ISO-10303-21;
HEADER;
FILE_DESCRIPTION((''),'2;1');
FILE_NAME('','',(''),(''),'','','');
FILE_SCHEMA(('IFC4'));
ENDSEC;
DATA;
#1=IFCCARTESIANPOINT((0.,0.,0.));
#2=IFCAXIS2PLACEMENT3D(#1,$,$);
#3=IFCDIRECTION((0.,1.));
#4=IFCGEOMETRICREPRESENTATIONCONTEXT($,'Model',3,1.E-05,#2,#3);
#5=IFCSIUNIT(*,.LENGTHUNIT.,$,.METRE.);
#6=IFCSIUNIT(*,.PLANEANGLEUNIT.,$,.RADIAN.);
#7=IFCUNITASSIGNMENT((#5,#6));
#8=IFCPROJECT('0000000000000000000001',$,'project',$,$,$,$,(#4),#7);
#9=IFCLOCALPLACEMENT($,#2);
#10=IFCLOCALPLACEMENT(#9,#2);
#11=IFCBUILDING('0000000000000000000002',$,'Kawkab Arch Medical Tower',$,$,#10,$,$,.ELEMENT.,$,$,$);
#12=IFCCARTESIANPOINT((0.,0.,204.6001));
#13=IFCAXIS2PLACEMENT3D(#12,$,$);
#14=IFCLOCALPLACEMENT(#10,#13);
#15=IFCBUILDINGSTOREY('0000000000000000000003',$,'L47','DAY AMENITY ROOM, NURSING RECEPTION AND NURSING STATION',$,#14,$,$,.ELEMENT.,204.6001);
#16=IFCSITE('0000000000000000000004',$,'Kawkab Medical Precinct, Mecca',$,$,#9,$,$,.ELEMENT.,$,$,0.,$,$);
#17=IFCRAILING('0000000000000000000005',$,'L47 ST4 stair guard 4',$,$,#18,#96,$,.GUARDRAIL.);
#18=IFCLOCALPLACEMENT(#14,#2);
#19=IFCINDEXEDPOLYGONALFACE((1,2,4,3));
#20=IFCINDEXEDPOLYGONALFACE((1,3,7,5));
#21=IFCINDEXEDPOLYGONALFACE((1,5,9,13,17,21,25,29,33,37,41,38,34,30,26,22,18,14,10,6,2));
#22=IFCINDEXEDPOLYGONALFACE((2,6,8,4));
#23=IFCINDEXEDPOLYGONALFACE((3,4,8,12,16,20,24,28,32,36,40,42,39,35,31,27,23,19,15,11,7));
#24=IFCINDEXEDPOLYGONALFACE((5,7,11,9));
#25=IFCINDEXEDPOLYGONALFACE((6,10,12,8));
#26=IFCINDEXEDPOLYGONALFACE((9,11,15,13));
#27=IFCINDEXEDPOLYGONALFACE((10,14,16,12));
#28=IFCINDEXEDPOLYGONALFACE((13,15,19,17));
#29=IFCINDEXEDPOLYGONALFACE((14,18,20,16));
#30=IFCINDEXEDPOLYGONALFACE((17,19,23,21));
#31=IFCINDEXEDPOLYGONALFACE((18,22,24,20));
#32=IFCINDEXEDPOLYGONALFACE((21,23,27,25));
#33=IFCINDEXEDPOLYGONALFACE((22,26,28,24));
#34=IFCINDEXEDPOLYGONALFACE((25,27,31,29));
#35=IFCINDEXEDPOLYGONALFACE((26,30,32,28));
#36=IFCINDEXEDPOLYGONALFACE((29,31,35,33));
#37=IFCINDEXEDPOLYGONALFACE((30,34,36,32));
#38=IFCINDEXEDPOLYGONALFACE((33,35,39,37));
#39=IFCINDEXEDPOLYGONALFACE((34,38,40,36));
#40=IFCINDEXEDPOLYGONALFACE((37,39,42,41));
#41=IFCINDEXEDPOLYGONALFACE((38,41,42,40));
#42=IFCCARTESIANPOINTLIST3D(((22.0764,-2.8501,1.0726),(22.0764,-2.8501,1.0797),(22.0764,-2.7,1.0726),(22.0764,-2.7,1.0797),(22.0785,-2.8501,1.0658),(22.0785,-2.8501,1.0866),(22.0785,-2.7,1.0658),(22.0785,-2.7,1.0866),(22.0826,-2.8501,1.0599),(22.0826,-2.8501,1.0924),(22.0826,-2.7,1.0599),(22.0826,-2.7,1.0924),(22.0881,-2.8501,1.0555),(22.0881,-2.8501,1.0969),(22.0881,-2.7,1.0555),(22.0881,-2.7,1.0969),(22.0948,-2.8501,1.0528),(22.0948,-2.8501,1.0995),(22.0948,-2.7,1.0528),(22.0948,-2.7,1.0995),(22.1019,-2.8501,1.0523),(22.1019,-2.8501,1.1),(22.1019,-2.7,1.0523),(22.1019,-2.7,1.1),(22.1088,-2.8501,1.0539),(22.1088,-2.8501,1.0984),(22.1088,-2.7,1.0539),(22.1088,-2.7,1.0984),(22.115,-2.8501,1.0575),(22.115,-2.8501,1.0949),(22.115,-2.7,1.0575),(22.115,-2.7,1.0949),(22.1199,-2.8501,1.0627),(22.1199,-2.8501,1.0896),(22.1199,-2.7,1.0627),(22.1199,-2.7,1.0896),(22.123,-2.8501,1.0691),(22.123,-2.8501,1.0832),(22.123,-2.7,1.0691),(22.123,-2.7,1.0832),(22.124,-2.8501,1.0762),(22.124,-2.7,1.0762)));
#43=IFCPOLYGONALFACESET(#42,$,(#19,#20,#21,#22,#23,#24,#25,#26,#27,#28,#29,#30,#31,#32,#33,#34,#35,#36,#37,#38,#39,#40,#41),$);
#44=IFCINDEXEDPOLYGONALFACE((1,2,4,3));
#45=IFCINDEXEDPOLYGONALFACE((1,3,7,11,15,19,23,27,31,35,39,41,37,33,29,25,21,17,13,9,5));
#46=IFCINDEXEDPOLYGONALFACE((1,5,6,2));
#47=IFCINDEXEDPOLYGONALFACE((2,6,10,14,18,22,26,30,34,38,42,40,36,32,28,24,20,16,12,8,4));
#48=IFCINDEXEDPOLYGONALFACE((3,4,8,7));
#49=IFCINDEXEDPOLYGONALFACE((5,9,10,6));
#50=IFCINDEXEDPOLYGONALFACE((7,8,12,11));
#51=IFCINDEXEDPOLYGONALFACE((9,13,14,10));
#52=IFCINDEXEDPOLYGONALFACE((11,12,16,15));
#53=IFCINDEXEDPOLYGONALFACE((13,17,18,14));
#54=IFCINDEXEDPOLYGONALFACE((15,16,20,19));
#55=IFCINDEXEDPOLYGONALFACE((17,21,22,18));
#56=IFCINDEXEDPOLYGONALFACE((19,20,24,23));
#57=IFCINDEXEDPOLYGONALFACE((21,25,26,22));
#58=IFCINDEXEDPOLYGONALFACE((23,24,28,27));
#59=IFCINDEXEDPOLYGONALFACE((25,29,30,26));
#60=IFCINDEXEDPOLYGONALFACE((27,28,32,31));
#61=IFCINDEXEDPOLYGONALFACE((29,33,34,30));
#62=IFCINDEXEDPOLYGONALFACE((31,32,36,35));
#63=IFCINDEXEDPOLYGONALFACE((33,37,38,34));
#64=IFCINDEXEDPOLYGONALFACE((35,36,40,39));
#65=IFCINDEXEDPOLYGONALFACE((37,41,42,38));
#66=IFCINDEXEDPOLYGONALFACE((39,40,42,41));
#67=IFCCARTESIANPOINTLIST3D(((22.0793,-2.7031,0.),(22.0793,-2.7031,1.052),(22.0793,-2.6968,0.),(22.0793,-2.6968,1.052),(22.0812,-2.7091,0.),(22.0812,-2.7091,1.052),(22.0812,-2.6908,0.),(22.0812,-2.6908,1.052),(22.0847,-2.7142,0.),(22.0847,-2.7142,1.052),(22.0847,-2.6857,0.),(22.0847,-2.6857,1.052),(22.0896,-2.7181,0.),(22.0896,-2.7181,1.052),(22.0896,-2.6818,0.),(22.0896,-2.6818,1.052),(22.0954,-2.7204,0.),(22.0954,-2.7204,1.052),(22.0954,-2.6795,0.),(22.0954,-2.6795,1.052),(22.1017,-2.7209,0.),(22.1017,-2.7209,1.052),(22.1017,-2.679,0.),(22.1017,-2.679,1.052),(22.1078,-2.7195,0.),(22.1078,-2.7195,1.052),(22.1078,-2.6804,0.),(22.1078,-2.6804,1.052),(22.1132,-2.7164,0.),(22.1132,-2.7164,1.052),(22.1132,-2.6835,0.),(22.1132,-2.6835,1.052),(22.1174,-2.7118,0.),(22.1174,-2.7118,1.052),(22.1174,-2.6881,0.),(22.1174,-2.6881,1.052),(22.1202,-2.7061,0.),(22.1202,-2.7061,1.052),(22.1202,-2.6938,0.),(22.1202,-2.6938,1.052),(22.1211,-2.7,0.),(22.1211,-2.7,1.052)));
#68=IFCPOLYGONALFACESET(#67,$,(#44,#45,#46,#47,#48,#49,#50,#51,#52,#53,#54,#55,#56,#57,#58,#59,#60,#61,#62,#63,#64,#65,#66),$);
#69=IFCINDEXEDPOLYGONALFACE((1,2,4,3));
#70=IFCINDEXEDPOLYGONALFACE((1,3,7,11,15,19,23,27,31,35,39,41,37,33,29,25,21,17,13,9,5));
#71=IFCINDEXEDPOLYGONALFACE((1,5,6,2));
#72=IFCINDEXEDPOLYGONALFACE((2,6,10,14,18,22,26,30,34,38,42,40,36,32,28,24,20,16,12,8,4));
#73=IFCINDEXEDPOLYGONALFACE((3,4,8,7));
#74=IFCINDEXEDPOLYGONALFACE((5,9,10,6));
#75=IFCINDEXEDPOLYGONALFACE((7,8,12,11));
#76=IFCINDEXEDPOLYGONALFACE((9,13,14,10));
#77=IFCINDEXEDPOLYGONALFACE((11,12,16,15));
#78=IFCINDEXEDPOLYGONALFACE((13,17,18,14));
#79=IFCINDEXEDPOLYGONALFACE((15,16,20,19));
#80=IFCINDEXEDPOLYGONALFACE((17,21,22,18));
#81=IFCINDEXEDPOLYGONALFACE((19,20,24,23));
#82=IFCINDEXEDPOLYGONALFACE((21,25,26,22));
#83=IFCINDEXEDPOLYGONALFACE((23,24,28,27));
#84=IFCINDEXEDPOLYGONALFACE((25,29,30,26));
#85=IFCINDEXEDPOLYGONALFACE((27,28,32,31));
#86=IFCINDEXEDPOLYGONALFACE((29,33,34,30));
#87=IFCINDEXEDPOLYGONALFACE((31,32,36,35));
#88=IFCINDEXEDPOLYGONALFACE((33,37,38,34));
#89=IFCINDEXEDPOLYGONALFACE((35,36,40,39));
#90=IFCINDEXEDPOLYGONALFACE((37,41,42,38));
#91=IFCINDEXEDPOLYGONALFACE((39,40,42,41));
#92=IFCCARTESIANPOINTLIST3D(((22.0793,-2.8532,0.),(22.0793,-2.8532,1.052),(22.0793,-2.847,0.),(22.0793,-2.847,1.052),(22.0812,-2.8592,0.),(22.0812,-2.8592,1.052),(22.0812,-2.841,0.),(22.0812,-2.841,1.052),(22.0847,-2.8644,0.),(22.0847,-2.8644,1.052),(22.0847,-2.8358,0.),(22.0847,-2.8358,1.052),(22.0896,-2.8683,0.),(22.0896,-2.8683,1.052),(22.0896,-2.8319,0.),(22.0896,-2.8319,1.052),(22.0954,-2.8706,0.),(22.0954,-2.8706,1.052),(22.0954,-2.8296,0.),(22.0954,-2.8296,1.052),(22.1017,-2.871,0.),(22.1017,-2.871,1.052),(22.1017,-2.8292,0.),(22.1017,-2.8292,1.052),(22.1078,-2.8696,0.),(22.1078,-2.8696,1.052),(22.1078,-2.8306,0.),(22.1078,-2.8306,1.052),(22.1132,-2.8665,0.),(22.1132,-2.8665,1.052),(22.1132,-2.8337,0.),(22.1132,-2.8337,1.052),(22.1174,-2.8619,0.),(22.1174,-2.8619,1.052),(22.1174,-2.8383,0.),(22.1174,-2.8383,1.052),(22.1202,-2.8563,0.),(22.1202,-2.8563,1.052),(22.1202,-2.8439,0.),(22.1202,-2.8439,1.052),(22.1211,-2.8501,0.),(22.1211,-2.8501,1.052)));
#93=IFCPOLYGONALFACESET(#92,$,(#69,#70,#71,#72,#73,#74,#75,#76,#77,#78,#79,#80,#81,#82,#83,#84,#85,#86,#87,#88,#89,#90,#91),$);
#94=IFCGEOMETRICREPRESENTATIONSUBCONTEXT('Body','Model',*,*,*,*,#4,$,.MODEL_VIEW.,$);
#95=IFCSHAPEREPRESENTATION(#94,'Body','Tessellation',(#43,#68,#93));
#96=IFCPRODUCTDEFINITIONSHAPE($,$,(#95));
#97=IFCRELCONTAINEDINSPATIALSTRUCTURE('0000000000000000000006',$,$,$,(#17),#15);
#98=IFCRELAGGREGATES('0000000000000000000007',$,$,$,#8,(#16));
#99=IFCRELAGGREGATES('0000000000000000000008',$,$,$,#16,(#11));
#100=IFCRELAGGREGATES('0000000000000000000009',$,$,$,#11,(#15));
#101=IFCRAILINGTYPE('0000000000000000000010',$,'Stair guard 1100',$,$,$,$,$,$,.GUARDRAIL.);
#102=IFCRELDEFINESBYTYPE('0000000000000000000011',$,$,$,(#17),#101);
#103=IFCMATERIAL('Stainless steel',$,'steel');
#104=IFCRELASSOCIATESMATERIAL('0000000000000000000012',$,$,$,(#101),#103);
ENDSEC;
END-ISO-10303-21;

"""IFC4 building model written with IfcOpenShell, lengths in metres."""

from ifc_helpers import new_model, si_unit, direction, frame, origin, origin_2d, place, context, subcontext, project, spatial, circle, extrude, material, type_object, element, save


model = new_model("IFC4")

# Units and contexts
model_context = context("Model", 3, precision=1e-05, world=origin(), true_north=direction((0.0, 1.0)))
body_context = subcontext(model_context, "Body", "Model", "MODEL_VIEW")
ifc_project = project(units=[si_unit("LENGTHUNIT", "METRE"), si_unit("PLANEANGLEUNIT", "RADIAN")], contexts=[model_context])

# Site, building, storey
site_placement = place(None, origin())
site = spatial("IfcSite", under=ifc_project, at=site_placement, Name="Kawkab Medical Precinct, Mecca", CompositionType="ELEMENT", RefElevation=0.0)
building_placement = place(site_placement, origin())
building = spatial("IfcBuilding", under=site, at=building_placement, Name="Kawkab Arch Medical Tower", CompositionType="ELEMENT")
storey_placement = place(building_placement, frame((0.0, 0.0, 204.6001)))
storey = spatial("IfcBuildingStorey", under=building, at=storey_placement, Name="L47", Description="DAY AMENITY ROOM, NURSING RECEPTION AND NURSING STATION", CompositionType="ELEMENT", Elevation=204.6001)

# Railing
ifc_material_1 = material(Name="Stainless steel", Category="steel")
railing_type_1 = type_object("IfcRailingType", Name="Stair guard 1100", PredefinedType="GUARDRAIL", material=ifc_material_1)
railing_1_placement = place(storey_placement, frame((22.1001, -2.7, 0.0)))
element("IfcRailing", 1, at=railing_1_placement, inside=storey, type_object=railing_type_1, Name="L47 ST4 stair guard 4", PredefinedType="GUARDRAIL", context=body_context, shape_type="SweptSolid", body=[
    extrude(circle(Radius=0.0239, at=origin_2d()), frame((0.0, 0.0, 1.0762), z_axis=(0.0, -1.0, 0.0), x_axis=(1.0, 0.0, 0.0)), (0.0, 0.0, 1.0), 0.1501),
    extrude(circle(Radius=0.021, at=origin_2d()), origin(), (0.0, 0.0, 1.0), 1.052),
    extrude(circle(Radius=0.021, at=origin_2d()), frame((0.0, -0.1501, 0.0)), (0.0, 0.0, 1.0), 1.052),
])

save(model, "model.ifc")
